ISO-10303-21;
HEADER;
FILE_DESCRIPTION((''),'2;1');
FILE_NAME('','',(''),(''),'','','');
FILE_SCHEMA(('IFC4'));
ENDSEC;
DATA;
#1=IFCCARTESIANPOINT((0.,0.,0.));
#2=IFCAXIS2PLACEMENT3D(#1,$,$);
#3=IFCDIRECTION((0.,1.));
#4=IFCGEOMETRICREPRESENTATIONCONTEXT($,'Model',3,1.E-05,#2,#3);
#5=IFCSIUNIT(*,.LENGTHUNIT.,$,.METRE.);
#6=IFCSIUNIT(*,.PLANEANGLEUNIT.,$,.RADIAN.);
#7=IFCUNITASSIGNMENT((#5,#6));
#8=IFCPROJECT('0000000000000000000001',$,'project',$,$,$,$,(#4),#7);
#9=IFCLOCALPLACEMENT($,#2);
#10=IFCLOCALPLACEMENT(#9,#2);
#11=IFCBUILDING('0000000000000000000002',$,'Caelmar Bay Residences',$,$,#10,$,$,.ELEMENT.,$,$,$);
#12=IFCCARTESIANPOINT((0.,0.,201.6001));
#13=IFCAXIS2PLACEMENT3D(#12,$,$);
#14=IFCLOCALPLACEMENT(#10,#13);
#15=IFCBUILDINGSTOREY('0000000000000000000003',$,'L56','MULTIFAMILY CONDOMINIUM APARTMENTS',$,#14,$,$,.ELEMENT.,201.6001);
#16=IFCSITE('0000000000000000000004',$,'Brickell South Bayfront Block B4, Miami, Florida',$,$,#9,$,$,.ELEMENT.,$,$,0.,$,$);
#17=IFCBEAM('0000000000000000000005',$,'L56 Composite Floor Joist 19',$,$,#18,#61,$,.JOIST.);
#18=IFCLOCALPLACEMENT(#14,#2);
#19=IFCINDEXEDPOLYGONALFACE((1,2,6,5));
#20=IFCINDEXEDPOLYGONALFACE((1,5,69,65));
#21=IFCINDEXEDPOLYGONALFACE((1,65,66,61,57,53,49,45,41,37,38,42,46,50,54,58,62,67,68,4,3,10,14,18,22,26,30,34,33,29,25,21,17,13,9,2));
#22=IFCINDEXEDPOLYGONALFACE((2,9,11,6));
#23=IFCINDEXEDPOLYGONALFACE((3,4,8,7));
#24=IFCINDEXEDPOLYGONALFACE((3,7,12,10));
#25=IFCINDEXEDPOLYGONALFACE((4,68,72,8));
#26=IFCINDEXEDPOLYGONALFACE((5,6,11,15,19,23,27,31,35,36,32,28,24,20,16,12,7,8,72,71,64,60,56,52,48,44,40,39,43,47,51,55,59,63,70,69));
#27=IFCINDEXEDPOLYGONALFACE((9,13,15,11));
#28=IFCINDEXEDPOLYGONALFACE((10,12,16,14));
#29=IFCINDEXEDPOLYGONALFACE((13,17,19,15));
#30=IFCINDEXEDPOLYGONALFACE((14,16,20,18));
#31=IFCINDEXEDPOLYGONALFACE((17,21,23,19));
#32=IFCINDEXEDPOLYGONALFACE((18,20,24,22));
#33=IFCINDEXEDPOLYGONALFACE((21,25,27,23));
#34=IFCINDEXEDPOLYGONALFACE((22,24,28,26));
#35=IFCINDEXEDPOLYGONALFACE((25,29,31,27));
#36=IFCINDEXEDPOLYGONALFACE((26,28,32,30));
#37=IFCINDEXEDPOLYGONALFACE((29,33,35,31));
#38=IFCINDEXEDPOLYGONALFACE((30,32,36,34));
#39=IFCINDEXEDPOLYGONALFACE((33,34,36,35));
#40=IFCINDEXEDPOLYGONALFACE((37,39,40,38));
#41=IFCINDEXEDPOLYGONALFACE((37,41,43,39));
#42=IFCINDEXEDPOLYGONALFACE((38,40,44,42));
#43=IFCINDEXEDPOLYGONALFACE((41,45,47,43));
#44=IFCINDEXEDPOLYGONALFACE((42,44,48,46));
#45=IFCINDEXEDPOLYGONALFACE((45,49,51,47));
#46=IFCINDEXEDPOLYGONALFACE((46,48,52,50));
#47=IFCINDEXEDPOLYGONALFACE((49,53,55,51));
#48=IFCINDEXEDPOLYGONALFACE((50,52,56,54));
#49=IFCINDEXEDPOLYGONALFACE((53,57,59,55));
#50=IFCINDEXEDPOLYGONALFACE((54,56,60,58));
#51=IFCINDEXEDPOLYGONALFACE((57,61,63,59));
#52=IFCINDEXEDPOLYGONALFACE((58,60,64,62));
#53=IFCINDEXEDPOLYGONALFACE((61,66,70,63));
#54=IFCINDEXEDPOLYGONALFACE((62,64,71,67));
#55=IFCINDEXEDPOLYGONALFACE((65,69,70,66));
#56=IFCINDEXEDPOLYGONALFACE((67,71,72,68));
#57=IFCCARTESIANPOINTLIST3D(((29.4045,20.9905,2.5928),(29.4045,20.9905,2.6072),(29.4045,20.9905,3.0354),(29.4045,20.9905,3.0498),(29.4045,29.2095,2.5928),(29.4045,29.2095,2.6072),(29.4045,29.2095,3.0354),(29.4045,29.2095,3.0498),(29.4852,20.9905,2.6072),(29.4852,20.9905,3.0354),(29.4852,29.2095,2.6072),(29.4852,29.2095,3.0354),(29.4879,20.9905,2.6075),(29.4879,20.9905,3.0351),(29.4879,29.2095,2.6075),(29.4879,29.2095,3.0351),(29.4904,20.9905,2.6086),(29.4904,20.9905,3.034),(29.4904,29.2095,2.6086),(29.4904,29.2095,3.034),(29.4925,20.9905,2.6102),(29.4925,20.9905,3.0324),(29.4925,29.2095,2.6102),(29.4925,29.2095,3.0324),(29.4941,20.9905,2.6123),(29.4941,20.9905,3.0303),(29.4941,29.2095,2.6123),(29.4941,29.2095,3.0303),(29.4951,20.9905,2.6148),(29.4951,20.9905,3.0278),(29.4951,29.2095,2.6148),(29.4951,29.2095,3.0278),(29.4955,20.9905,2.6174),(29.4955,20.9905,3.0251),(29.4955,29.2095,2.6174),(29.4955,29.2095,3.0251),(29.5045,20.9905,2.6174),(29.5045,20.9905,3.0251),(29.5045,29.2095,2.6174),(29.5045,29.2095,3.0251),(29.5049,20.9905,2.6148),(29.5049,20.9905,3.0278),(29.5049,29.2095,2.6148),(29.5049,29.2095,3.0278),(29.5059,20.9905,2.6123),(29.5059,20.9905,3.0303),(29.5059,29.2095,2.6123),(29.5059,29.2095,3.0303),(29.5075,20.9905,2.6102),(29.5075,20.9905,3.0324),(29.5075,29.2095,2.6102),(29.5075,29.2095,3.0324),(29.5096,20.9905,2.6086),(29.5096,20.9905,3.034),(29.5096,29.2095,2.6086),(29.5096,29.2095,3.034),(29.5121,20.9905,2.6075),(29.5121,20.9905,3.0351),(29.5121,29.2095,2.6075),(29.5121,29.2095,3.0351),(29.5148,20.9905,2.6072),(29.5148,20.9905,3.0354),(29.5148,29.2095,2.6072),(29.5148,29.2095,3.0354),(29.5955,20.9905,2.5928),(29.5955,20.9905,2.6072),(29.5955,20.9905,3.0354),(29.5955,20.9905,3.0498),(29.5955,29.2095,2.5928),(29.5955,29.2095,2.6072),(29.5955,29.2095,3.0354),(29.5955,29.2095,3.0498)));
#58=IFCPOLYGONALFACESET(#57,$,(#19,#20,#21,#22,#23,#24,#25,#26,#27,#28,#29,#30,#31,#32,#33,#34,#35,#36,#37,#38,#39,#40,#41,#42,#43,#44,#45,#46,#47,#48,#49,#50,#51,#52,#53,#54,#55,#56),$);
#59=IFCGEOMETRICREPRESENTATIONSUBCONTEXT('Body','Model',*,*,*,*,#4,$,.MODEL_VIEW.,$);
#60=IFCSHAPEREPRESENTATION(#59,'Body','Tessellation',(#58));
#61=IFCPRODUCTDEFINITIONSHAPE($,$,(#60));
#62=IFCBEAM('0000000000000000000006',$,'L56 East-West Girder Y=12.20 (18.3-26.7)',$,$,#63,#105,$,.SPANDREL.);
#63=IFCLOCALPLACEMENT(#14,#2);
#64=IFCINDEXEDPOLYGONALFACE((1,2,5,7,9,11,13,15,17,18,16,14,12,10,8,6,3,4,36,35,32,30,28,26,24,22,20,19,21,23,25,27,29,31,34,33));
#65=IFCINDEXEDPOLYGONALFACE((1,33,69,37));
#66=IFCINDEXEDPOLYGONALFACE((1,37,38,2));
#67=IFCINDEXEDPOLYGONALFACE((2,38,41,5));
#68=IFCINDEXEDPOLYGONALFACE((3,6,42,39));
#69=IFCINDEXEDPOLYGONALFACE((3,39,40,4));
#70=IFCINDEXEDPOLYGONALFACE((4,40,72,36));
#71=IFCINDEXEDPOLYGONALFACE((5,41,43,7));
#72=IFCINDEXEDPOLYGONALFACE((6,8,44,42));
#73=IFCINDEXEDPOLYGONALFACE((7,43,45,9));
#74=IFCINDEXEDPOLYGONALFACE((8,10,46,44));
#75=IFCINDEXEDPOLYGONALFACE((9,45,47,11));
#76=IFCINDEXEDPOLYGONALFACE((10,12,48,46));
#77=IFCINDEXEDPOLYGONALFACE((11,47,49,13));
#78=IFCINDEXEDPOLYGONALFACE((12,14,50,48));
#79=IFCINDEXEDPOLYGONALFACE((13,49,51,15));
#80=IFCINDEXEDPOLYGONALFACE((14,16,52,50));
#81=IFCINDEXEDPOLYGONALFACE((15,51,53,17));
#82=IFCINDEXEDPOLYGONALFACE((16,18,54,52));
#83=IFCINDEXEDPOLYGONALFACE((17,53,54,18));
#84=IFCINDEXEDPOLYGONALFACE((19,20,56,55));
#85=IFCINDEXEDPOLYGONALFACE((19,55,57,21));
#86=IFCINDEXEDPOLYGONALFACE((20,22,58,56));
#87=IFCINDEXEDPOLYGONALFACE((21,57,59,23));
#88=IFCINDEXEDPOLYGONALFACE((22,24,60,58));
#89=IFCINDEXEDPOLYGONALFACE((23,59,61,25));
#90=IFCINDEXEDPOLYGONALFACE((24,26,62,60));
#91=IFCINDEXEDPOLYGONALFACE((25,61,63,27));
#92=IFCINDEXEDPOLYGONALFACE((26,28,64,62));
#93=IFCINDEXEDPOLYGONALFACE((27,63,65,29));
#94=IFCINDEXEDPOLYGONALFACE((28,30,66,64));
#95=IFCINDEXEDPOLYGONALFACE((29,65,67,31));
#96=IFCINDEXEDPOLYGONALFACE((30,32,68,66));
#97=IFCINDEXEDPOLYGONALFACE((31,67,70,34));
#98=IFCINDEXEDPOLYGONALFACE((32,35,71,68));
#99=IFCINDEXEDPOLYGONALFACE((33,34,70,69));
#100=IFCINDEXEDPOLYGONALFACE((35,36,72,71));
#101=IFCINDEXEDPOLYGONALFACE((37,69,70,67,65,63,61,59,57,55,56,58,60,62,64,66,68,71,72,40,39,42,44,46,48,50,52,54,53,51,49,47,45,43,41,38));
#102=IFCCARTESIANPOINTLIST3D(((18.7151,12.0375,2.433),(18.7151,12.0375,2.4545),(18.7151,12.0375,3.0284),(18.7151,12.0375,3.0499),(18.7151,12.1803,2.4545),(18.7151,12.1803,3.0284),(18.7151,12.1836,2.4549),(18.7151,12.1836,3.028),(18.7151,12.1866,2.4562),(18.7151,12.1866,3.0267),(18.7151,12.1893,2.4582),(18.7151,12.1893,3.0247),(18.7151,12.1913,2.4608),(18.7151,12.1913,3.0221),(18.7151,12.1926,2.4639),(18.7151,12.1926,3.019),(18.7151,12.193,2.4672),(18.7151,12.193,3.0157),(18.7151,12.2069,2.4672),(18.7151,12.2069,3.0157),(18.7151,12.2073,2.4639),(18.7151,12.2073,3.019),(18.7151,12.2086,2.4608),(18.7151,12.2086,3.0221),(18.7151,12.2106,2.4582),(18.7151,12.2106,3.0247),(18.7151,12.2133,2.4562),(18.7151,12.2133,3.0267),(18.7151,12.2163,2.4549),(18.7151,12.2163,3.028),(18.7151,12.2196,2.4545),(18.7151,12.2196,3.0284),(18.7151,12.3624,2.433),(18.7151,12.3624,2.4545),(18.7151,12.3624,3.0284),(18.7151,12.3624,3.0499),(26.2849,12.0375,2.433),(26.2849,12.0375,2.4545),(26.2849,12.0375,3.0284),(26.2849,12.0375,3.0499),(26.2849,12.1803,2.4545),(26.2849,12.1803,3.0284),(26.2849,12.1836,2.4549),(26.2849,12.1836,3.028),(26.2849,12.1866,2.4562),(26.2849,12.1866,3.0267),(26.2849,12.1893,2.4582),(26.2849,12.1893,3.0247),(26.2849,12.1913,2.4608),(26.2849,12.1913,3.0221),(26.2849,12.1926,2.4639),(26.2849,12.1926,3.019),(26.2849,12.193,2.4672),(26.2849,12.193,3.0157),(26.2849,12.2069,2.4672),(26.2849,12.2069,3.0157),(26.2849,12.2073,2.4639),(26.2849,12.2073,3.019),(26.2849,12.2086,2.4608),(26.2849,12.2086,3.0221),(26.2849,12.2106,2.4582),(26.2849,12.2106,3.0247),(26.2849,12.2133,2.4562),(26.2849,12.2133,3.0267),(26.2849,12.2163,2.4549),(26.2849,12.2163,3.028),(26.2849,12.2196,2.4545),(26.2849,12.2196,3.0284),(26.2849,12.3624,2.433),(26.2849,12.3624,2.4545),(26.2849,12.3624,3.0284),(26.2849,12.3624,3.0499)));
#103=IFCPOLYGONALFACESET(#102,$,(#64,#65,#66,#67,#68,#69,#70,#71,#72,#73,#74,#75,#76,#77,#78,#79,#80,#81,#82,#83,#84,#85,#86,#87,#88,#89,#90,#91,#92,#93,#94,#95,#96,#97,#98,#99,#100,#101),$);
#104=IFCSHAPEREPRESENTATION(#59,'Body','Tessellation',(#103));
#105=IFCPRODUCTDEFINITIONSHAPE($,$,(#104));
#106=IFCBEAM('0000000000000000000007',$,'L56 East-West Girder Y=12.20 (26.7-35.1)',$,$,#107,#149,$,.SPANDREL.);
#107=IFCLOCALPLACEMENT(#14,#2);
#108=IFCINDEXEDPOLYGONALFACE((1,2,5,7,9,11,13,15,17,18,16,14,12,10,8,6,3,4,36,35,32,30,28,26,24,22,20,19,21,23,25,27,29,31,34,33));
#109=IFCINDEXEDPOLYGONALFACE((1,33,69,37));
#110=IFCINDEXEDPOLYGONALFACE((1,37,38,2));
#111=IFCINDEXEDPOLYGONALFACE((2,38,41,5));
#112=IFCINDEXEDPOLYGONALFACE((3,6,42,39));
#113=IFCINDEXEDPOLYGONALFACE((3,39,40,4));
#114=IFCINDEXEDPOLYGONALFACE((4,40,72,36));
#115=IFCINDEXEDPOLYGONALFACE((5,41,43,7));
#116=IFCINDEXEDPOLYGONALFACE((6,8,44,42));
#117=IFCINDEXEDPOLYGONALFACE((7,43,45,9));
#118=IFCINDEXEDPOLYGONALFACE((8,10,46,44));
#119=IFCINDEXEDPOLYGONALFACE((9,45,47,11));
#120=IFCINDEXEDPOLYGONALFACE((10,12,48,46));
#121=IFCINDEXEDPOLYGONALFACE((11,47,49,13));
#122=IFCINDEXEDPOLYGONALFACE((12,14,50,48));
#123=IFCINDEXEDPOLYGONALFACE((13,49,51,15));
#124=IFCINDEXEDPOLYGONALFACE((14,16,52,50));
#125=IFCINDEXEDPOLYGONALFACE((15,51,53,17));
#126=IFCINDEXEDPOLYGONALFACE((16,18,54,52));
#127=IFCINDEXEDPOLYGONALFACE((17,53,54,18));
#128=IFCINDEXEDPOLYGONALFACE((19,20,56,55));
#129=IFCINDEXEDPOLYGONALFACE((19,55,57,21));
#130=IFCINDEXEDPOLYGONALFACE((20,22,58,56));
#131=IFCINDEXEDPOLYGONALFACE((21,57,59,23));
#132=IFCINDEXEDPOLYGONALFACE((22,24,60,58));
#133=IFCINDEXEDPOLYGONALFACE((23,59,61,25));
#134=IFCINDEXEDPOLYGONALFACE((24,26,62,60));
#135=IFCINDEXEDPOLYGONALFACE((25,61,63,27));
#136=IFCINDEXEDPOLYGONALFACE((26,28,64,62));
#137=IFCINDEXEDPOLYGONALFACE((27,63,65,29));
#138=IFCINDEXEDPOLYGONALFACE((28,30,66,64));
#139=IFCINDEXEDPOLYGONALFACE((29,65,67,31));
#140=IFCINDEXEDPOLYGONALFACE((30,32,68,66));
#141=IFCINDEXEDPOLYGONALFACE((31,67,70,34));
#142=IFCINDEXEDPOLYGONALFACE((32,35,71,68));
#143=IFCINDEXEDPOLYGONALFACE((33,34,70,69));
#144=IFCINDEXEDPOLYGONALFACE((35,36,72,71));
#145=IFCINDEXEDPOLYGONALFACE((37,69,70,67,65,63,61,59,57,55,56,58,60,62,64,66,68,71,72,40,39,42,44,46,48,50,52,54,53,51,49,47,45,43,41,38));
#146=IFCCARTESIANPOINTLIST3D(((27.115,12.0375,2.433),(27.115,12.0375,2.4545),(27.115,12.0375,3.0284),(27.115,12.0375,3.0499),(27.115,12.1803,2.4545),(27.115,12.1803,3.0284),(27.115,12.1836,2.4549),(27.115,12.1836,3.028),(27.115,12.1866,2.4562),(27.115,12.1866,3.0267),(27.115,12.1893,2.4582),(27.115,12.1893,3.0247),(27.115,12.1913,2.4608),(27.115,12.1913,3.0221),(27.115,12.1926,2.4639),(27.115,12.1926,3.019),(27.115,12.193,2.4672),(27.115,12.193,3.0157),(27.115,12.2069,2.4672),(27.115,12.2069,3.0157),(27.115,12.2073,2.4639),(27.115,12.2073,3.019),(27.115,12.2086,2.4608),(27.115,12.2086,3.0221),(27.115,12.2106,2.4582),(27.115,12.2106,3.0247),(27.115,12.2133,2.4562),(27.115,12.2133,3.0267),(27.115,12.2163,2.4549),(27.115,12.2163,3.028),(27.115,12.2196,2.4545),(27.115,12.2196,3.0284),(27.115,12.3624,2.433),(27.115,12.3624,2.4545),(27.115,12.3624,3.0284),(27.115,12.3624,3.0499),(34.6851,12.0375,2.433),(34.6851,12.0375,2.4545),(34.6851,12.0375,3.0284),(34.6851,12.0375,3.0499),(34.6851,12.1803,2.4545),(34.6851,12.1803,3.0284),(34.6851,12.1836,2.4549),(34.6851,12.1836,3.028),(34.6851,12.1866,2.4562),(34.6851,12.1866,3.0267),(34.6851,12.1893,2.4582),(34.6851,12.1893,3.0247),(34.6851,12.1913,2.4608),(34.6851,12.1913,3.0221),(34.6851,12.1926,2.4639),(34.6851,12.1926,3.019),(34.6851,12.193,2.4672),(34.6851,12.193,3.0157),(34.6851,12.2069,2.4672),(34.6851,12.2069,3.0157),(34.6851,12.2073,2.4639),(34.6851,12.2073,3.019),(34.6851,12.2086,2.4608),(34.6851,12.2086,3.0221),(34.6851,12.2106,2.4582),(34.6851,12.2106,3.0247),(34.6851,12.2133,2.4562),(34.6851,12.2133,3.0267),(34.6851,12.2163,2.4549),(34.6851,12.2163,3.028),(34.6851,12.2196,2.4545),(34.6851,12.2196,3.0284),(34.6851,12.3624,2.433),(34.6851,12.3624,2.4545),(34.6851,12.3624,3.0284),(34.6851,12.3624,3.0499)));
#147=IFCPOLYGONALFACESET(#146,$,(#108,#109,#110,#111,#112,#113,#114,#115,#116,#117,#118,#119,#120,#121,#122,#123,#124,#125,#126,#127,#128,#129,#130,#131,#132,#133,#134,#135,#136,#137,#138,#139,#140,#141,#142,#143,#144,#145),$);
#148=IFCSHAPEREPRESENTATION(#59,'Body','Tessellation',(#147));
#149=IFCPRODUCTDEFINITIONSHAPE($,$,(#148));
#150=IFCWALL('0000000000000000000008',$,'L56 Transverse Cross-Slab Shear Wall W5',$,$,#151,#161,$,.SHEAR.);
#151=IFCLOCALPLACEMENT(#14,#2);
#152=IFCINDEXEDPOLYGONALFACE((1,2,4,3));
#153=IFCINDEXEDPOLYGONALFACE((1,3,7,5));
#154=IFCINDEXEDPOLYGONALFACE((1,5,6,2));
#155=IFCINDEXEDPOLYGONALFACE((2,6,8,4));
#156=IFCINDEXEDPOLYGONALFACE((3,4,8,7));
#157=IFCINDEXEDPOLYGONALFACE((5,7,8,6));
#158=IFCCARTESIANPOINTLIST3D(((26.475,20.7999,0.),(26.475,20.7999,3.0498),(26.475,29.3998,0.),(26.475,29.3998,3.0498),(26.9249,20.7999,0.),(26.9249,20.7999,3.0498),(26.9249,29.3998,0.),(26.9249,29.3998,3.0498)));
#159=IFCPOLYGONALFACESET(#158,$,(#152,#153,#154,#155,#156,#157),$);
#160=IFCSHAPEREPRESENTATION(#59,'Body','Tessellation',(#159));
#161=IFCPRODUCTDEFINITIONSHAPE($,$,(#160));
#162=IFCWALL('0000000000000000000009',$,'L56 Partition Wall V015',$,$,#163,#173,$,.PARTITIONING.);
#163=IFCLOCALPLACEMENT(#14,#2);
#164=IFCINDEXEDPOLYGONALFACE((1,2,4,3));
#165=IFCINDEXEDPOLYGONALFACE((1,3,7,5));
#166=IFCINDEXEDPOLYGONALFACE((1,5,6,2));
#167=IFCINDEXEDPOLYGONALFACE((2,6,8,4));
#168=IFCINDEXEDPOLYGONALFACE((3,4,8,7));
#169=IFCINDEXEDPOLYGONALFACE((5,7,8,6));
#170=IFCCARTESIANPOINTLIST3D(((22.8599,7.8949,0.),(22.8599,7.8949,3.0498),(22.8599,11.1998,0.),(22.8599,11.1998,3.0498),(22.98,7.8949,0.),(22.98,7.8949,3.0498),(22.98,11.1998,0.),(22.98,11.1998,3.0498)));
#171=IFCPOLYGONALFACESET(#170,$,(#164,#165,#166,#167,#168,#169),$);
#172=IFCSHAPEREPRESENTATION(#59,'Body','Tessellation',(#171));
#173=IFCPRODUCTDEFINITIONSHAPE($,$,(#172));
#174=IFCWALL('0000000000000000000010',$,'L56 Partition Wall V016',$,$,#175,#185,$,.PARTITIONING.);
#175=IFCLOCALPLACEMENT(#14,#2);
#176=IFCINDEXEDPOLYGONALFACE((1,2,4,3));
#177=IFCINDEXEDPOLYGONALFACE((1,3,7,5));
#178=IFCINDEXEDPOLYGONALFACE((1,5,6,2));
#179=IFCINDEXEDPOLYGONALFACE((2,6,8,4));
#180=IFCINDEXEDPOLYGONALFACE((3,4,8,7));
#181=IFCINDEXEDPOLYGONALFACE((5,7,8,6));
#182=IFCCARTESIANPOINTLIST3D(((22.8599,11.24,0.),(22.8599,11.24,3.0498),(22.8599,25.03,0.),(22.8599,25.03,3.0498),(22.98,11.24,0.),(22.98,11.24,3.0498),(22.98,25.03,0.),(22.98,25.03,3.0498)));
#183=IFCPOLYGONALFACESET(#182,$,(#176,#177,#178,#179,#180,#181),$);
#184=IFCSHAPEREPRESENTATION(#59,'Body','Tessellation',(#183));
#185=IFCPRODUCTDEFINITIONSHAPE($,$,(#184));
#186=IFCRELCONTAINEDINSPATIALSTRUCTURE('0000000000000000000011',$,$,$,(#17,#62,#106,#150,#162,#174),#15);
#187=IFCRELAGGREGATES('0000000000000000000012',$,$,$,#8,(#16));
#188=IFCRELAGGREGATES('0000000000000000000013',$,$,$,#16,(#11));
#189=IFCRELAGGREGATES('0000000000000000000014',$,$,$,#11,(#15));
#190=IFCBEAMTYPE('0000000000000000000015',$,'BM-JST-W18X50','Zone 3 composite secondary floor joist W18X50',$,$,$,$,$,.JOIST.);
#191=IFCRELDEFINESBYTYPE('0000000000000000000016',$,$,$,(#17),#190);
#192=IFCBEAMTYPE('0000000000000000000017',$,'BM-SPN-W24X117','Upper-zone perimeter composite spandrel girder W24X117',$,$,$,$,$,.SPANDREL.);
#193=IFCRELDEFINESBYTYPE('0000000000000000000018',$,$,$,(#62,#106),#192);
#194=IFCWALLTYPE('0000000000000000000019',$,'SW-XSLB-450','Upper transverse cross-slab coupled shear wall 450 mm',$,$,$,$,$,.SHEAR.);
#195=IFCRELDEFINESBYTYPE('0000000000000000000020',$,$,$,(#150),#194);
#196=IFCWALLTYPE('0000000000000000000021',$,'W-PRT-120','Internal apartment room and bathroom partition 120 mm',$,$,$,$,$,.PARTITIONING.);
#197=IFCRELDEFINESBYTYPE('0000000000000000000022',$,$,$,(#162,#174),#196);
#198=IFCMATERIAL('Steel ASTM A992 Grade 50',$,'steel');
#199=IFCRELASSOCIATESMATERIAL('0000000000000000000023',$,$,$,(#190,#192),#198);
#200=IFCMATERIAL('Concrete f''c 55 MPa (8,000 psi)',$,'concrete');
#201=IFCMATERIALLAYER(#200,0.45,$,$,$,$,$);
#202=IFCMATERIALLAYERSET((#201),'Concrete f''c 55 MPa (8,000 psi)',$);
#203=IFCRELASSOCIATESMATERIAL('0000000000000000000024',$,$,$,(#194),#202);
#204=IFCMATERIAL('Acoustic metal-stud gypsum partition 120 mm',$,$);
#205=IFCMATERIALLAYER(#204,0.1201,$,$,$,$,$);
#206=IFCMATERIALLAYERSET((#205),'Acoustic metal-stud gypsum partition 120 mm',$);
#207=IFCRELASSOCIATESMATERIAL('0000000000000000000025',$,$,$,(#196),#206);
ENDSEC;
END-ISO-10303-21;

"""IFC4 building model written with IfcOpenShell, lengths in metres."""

from ifc_helpers import new_model, si_unit, direction, frame, frame_2d, origin, origin_2d, place, context, subcontext, project, spatial, rectangle, i_section, extrude, material, layer, layer_set, material_profile, profile_set, type_object, element, save


model = new_model("IFC4")

# Units and contexts
model_context = context("Model", 3, precision=1e-05, world=origin(), true_north=direction((0.0, 1.0)))
body_context = subcontext(model_context, "Body", "Model", "MODEL_VIEW")
ifc_project = project(units=[si_unit("LENGTHUNIT", "METRE"), si_unit("PLANEANGLEUNIT", "RADIAN")], contexts=[model_context])

# Site, building, storey
site_placement = place(None, origin())
site = spatial("IfcSite", under=ifc_project, at=site_placement, Name="Brickell South Bayfront Block B4, Miami, Florida", CompositionType="ELEMENT", RefElevation=0.0)
building_placement = place(site_placement, origin())
building = spatial("IfcBuilding", under=site, at=building_placement, Name="Caelmar Bay Residences", CompositionType="ELEMENT")
storey_placement = place(building_placement, frame((0.0, 0.0, 201.6001)))
storey = spatial("IfcBuildingStorey", under=building, at=storey_placement, Name="L56", Description="MULTIFAMILY CONDOMINIUM APARTMENTS", CompositionType="ELEMENT", Elevation=201.6001)

# Shared definitions
ifc_material_1 = material(Name="Concrete f'c 55 MPa (8,000 psi)", Category="concrete")

# Beams
ifc_material_2 = material(Name="Steel ASTM A992 Grade 50", Category="steel")
ifc_material_profile_1 = material_profile(ifc_material_2, i_section(OverallWidth=0.1909, OverallDepth=0.457, WebThickness=0.009, FlangeThickness=0.0144, FilletRadius=0.0103, at=origin_2d()), Name="W18X50")
ifc_profile_set_1 = profile_set([ifc_material_profile_1], Name="Steel ASTM A992 Grade 50")
beam_type_1 = type_object("IfcBeamType", Name="BM-JST-W18X50", Description="Zone 3 composite secondary floor joist W18X50", PredefinedType="JOIST", material=ifc_profile_set_1)
for number, where, z_axis, x_axis, name in (
    (1, (29.5, 20.9905, 2.8213), (0.0, 1.0, 0.0), (-1.0, 0.0, 0.0), "L56 Composite Floor Joist 19"),
):
    element("IfcBeam", number, at=place(storey_placement, frame(where, z_axis=z_axis, x_axis=x_axis)), inside=storey, type_object=beam_type_1, Name=name, PredefinedType="JOIST", context=body_context, shape_type="SweptSolid", body=[
        extrude(i_section(OverallWidth=0.1909, OverallDepth=0.457, WebThickness=0.009, FlangeThickness=0.0144, FilletRadius=0.0103, at=origin_2d()), origin(), (0.0, 0.0, 1.0), 8.219),
    ])
ifc_material_profile_2 = material_profile(ifc_material_2, i_section(OverallWidth=0.325, OverallDepth=0.6169, WebThickness=0.0139, FlangeThickness=0.0215, FilletRadius=0.0127, at=origin_2d()), Name="W24X117")
ifc_profile_set_2 = profile_set([ifc_material_profile_2], Name="Steel ASTM A992 Grade 50")
beam_type_2 = type_object("IfcBeamType", Name="BM-SPN-W24X117", Description="Upper-zone perimeter composite spandrel girder W24X117", PredefinedType="SPANDREL", material=ifc_profile_set_2)
beam_1_placement = place(storey_placement, frame((18.7151, 12.2, 2.7415), z_axis=(1.0, 0.0, 0.0), x_axis=(0.0, 1.0, 0.0)))
element("IfcBeam", 2, at=beam_1_placement, inside=storey, type_object=beam_type_2, Name="L56 East-West Girder Y=12.20 (18.3-26.7)", PredefinedType="SPANDREL", context=body_context, shape_type="SweptSolid", body=[
    extrude(i_section(OverallWidth=0.325, OverallDepth=0.6169, WebThickness=0.0139, FlangeThickness=0.0215, FilletRadius=0.0127, at=origin_2d()), origin(), (0.0, 0.0, 1.0), 7.5698),
])
beam_2_placement = place(storey_placement, frame((27.115, 12.2, 2.7415), z_axis=(1.0, 0.0, 0.0), x_axis=(0.0, 1.0, 0.0)))
element("IfcBeam", 3, at=beam_2_placement, inside=storey, type_object=beam_type_2, Name="L56 East-West Girder Y=12.20 (26.7-35.1)", PredefinedType="SPANDREL", context=body_context, shape_type="SweptSolid", body=[
    extrude(i_section(OverallWidth=0.325, OverallDepth=0.6169, WebThickness=0.0139, FlangeThickness=0.0215, FilletRadius=0.0127, at=origin_2d()), origin(), (0.0, 0.0, 1.0), 7.5701),
])

# Walls
ifc_layer_1 = layer(ifc_material_1, 0.45)
ifc_layer_set_1 = layer_set([ifc_layer_1], Name="Concrete f'c 55 MPa (8,000 psi)")
wall_type_1 = type_object("IfcWallType", Name="SW-XSLB-450", Description="Upper transverse cross-slab coupled shear wall 450 mm", PredefinedType="SHEAR", material=ifc_layer_set_1)
wall_1_placement = place(storey_placement, frame((26.7, 20.8, 0.0), z_axis=(0.0, 0.0, 1.0), x_axis=(0.0, 1.0, 0.0)))
element("IfcWall", 4, at=wall_1_placement, inside=storey, type_object=wall_type_1, Name="L56 Transverse Cross-Slab Shear Wall W5", PredefinedType="SHEAR", context=body_context, shape_type="SweptSolid", body=[
    extrude(rectangle(XDim=8.5999, YDim=0.45, at=frame_2d((4.2998, 0.0))), origin(), (0.0, 0.0, 1.0), 3.0498),
])
ifc_material_3 = material(Name="Acoustic metal-stud gypsum partition 120 mm")
ifc_layer_2 = layer(ifc_material_3, 0.1201)
ifc_layer_set_2 = layer_set([ifc_layer_2], Name="Acoustic metal-stud gypsum partition 120 mm")
wall_type_2 = type_object("IfcWallType", Name="W-PRT-120", Description="Internal apartment room and bathroom partition 120 mm", PredefinedType="PARTITIONING", material=ifc_layer_set_2)
wall_2_placement = place(storey_placement, frame((22.9199, 7.895, 0.0), z_axis=(0.0, 0.0, 1.0), x_axis=(0.0, 1.0, 0.0)))
element("IfcWall", 5, at=wall_2_placement, inside=storey, type_object=wall_type_2, Name="L56 Partition Wall V015", PredefinedType="PARTITIONING", context=body_context, shape_type="SweptSolid", body=[
    extrude(rectangle(XDim=3.3049, YDim=0.1201, at=frame_2d((1.6523, 0.0))), origin(), (0.0, 0.0, 1.0), 3.0498),
])
wall_3_placement = place(storey_placement, frame((22.9199, 11.24, 0.0), z_axis=(0.0, 0.0, 1.0), x_axis=(0.0, 1.0, 0.0)))
element("IfcWall", 6, at=wall_3_placement, inside=storey, type_object=wall_type_2, Name="L56 Partition Wall V016", PredefinedType="PARTITIONING", context=body_context, shape_type="SweptSolid", body=[
    extrude(rectangle(XDim=13.79, YDim=0.1201, at=frame_2d((6.895, 0.0))), origin(), (0.0, 0.0, 1.0), 3.0498),
])

save(model, "model.ifc")
